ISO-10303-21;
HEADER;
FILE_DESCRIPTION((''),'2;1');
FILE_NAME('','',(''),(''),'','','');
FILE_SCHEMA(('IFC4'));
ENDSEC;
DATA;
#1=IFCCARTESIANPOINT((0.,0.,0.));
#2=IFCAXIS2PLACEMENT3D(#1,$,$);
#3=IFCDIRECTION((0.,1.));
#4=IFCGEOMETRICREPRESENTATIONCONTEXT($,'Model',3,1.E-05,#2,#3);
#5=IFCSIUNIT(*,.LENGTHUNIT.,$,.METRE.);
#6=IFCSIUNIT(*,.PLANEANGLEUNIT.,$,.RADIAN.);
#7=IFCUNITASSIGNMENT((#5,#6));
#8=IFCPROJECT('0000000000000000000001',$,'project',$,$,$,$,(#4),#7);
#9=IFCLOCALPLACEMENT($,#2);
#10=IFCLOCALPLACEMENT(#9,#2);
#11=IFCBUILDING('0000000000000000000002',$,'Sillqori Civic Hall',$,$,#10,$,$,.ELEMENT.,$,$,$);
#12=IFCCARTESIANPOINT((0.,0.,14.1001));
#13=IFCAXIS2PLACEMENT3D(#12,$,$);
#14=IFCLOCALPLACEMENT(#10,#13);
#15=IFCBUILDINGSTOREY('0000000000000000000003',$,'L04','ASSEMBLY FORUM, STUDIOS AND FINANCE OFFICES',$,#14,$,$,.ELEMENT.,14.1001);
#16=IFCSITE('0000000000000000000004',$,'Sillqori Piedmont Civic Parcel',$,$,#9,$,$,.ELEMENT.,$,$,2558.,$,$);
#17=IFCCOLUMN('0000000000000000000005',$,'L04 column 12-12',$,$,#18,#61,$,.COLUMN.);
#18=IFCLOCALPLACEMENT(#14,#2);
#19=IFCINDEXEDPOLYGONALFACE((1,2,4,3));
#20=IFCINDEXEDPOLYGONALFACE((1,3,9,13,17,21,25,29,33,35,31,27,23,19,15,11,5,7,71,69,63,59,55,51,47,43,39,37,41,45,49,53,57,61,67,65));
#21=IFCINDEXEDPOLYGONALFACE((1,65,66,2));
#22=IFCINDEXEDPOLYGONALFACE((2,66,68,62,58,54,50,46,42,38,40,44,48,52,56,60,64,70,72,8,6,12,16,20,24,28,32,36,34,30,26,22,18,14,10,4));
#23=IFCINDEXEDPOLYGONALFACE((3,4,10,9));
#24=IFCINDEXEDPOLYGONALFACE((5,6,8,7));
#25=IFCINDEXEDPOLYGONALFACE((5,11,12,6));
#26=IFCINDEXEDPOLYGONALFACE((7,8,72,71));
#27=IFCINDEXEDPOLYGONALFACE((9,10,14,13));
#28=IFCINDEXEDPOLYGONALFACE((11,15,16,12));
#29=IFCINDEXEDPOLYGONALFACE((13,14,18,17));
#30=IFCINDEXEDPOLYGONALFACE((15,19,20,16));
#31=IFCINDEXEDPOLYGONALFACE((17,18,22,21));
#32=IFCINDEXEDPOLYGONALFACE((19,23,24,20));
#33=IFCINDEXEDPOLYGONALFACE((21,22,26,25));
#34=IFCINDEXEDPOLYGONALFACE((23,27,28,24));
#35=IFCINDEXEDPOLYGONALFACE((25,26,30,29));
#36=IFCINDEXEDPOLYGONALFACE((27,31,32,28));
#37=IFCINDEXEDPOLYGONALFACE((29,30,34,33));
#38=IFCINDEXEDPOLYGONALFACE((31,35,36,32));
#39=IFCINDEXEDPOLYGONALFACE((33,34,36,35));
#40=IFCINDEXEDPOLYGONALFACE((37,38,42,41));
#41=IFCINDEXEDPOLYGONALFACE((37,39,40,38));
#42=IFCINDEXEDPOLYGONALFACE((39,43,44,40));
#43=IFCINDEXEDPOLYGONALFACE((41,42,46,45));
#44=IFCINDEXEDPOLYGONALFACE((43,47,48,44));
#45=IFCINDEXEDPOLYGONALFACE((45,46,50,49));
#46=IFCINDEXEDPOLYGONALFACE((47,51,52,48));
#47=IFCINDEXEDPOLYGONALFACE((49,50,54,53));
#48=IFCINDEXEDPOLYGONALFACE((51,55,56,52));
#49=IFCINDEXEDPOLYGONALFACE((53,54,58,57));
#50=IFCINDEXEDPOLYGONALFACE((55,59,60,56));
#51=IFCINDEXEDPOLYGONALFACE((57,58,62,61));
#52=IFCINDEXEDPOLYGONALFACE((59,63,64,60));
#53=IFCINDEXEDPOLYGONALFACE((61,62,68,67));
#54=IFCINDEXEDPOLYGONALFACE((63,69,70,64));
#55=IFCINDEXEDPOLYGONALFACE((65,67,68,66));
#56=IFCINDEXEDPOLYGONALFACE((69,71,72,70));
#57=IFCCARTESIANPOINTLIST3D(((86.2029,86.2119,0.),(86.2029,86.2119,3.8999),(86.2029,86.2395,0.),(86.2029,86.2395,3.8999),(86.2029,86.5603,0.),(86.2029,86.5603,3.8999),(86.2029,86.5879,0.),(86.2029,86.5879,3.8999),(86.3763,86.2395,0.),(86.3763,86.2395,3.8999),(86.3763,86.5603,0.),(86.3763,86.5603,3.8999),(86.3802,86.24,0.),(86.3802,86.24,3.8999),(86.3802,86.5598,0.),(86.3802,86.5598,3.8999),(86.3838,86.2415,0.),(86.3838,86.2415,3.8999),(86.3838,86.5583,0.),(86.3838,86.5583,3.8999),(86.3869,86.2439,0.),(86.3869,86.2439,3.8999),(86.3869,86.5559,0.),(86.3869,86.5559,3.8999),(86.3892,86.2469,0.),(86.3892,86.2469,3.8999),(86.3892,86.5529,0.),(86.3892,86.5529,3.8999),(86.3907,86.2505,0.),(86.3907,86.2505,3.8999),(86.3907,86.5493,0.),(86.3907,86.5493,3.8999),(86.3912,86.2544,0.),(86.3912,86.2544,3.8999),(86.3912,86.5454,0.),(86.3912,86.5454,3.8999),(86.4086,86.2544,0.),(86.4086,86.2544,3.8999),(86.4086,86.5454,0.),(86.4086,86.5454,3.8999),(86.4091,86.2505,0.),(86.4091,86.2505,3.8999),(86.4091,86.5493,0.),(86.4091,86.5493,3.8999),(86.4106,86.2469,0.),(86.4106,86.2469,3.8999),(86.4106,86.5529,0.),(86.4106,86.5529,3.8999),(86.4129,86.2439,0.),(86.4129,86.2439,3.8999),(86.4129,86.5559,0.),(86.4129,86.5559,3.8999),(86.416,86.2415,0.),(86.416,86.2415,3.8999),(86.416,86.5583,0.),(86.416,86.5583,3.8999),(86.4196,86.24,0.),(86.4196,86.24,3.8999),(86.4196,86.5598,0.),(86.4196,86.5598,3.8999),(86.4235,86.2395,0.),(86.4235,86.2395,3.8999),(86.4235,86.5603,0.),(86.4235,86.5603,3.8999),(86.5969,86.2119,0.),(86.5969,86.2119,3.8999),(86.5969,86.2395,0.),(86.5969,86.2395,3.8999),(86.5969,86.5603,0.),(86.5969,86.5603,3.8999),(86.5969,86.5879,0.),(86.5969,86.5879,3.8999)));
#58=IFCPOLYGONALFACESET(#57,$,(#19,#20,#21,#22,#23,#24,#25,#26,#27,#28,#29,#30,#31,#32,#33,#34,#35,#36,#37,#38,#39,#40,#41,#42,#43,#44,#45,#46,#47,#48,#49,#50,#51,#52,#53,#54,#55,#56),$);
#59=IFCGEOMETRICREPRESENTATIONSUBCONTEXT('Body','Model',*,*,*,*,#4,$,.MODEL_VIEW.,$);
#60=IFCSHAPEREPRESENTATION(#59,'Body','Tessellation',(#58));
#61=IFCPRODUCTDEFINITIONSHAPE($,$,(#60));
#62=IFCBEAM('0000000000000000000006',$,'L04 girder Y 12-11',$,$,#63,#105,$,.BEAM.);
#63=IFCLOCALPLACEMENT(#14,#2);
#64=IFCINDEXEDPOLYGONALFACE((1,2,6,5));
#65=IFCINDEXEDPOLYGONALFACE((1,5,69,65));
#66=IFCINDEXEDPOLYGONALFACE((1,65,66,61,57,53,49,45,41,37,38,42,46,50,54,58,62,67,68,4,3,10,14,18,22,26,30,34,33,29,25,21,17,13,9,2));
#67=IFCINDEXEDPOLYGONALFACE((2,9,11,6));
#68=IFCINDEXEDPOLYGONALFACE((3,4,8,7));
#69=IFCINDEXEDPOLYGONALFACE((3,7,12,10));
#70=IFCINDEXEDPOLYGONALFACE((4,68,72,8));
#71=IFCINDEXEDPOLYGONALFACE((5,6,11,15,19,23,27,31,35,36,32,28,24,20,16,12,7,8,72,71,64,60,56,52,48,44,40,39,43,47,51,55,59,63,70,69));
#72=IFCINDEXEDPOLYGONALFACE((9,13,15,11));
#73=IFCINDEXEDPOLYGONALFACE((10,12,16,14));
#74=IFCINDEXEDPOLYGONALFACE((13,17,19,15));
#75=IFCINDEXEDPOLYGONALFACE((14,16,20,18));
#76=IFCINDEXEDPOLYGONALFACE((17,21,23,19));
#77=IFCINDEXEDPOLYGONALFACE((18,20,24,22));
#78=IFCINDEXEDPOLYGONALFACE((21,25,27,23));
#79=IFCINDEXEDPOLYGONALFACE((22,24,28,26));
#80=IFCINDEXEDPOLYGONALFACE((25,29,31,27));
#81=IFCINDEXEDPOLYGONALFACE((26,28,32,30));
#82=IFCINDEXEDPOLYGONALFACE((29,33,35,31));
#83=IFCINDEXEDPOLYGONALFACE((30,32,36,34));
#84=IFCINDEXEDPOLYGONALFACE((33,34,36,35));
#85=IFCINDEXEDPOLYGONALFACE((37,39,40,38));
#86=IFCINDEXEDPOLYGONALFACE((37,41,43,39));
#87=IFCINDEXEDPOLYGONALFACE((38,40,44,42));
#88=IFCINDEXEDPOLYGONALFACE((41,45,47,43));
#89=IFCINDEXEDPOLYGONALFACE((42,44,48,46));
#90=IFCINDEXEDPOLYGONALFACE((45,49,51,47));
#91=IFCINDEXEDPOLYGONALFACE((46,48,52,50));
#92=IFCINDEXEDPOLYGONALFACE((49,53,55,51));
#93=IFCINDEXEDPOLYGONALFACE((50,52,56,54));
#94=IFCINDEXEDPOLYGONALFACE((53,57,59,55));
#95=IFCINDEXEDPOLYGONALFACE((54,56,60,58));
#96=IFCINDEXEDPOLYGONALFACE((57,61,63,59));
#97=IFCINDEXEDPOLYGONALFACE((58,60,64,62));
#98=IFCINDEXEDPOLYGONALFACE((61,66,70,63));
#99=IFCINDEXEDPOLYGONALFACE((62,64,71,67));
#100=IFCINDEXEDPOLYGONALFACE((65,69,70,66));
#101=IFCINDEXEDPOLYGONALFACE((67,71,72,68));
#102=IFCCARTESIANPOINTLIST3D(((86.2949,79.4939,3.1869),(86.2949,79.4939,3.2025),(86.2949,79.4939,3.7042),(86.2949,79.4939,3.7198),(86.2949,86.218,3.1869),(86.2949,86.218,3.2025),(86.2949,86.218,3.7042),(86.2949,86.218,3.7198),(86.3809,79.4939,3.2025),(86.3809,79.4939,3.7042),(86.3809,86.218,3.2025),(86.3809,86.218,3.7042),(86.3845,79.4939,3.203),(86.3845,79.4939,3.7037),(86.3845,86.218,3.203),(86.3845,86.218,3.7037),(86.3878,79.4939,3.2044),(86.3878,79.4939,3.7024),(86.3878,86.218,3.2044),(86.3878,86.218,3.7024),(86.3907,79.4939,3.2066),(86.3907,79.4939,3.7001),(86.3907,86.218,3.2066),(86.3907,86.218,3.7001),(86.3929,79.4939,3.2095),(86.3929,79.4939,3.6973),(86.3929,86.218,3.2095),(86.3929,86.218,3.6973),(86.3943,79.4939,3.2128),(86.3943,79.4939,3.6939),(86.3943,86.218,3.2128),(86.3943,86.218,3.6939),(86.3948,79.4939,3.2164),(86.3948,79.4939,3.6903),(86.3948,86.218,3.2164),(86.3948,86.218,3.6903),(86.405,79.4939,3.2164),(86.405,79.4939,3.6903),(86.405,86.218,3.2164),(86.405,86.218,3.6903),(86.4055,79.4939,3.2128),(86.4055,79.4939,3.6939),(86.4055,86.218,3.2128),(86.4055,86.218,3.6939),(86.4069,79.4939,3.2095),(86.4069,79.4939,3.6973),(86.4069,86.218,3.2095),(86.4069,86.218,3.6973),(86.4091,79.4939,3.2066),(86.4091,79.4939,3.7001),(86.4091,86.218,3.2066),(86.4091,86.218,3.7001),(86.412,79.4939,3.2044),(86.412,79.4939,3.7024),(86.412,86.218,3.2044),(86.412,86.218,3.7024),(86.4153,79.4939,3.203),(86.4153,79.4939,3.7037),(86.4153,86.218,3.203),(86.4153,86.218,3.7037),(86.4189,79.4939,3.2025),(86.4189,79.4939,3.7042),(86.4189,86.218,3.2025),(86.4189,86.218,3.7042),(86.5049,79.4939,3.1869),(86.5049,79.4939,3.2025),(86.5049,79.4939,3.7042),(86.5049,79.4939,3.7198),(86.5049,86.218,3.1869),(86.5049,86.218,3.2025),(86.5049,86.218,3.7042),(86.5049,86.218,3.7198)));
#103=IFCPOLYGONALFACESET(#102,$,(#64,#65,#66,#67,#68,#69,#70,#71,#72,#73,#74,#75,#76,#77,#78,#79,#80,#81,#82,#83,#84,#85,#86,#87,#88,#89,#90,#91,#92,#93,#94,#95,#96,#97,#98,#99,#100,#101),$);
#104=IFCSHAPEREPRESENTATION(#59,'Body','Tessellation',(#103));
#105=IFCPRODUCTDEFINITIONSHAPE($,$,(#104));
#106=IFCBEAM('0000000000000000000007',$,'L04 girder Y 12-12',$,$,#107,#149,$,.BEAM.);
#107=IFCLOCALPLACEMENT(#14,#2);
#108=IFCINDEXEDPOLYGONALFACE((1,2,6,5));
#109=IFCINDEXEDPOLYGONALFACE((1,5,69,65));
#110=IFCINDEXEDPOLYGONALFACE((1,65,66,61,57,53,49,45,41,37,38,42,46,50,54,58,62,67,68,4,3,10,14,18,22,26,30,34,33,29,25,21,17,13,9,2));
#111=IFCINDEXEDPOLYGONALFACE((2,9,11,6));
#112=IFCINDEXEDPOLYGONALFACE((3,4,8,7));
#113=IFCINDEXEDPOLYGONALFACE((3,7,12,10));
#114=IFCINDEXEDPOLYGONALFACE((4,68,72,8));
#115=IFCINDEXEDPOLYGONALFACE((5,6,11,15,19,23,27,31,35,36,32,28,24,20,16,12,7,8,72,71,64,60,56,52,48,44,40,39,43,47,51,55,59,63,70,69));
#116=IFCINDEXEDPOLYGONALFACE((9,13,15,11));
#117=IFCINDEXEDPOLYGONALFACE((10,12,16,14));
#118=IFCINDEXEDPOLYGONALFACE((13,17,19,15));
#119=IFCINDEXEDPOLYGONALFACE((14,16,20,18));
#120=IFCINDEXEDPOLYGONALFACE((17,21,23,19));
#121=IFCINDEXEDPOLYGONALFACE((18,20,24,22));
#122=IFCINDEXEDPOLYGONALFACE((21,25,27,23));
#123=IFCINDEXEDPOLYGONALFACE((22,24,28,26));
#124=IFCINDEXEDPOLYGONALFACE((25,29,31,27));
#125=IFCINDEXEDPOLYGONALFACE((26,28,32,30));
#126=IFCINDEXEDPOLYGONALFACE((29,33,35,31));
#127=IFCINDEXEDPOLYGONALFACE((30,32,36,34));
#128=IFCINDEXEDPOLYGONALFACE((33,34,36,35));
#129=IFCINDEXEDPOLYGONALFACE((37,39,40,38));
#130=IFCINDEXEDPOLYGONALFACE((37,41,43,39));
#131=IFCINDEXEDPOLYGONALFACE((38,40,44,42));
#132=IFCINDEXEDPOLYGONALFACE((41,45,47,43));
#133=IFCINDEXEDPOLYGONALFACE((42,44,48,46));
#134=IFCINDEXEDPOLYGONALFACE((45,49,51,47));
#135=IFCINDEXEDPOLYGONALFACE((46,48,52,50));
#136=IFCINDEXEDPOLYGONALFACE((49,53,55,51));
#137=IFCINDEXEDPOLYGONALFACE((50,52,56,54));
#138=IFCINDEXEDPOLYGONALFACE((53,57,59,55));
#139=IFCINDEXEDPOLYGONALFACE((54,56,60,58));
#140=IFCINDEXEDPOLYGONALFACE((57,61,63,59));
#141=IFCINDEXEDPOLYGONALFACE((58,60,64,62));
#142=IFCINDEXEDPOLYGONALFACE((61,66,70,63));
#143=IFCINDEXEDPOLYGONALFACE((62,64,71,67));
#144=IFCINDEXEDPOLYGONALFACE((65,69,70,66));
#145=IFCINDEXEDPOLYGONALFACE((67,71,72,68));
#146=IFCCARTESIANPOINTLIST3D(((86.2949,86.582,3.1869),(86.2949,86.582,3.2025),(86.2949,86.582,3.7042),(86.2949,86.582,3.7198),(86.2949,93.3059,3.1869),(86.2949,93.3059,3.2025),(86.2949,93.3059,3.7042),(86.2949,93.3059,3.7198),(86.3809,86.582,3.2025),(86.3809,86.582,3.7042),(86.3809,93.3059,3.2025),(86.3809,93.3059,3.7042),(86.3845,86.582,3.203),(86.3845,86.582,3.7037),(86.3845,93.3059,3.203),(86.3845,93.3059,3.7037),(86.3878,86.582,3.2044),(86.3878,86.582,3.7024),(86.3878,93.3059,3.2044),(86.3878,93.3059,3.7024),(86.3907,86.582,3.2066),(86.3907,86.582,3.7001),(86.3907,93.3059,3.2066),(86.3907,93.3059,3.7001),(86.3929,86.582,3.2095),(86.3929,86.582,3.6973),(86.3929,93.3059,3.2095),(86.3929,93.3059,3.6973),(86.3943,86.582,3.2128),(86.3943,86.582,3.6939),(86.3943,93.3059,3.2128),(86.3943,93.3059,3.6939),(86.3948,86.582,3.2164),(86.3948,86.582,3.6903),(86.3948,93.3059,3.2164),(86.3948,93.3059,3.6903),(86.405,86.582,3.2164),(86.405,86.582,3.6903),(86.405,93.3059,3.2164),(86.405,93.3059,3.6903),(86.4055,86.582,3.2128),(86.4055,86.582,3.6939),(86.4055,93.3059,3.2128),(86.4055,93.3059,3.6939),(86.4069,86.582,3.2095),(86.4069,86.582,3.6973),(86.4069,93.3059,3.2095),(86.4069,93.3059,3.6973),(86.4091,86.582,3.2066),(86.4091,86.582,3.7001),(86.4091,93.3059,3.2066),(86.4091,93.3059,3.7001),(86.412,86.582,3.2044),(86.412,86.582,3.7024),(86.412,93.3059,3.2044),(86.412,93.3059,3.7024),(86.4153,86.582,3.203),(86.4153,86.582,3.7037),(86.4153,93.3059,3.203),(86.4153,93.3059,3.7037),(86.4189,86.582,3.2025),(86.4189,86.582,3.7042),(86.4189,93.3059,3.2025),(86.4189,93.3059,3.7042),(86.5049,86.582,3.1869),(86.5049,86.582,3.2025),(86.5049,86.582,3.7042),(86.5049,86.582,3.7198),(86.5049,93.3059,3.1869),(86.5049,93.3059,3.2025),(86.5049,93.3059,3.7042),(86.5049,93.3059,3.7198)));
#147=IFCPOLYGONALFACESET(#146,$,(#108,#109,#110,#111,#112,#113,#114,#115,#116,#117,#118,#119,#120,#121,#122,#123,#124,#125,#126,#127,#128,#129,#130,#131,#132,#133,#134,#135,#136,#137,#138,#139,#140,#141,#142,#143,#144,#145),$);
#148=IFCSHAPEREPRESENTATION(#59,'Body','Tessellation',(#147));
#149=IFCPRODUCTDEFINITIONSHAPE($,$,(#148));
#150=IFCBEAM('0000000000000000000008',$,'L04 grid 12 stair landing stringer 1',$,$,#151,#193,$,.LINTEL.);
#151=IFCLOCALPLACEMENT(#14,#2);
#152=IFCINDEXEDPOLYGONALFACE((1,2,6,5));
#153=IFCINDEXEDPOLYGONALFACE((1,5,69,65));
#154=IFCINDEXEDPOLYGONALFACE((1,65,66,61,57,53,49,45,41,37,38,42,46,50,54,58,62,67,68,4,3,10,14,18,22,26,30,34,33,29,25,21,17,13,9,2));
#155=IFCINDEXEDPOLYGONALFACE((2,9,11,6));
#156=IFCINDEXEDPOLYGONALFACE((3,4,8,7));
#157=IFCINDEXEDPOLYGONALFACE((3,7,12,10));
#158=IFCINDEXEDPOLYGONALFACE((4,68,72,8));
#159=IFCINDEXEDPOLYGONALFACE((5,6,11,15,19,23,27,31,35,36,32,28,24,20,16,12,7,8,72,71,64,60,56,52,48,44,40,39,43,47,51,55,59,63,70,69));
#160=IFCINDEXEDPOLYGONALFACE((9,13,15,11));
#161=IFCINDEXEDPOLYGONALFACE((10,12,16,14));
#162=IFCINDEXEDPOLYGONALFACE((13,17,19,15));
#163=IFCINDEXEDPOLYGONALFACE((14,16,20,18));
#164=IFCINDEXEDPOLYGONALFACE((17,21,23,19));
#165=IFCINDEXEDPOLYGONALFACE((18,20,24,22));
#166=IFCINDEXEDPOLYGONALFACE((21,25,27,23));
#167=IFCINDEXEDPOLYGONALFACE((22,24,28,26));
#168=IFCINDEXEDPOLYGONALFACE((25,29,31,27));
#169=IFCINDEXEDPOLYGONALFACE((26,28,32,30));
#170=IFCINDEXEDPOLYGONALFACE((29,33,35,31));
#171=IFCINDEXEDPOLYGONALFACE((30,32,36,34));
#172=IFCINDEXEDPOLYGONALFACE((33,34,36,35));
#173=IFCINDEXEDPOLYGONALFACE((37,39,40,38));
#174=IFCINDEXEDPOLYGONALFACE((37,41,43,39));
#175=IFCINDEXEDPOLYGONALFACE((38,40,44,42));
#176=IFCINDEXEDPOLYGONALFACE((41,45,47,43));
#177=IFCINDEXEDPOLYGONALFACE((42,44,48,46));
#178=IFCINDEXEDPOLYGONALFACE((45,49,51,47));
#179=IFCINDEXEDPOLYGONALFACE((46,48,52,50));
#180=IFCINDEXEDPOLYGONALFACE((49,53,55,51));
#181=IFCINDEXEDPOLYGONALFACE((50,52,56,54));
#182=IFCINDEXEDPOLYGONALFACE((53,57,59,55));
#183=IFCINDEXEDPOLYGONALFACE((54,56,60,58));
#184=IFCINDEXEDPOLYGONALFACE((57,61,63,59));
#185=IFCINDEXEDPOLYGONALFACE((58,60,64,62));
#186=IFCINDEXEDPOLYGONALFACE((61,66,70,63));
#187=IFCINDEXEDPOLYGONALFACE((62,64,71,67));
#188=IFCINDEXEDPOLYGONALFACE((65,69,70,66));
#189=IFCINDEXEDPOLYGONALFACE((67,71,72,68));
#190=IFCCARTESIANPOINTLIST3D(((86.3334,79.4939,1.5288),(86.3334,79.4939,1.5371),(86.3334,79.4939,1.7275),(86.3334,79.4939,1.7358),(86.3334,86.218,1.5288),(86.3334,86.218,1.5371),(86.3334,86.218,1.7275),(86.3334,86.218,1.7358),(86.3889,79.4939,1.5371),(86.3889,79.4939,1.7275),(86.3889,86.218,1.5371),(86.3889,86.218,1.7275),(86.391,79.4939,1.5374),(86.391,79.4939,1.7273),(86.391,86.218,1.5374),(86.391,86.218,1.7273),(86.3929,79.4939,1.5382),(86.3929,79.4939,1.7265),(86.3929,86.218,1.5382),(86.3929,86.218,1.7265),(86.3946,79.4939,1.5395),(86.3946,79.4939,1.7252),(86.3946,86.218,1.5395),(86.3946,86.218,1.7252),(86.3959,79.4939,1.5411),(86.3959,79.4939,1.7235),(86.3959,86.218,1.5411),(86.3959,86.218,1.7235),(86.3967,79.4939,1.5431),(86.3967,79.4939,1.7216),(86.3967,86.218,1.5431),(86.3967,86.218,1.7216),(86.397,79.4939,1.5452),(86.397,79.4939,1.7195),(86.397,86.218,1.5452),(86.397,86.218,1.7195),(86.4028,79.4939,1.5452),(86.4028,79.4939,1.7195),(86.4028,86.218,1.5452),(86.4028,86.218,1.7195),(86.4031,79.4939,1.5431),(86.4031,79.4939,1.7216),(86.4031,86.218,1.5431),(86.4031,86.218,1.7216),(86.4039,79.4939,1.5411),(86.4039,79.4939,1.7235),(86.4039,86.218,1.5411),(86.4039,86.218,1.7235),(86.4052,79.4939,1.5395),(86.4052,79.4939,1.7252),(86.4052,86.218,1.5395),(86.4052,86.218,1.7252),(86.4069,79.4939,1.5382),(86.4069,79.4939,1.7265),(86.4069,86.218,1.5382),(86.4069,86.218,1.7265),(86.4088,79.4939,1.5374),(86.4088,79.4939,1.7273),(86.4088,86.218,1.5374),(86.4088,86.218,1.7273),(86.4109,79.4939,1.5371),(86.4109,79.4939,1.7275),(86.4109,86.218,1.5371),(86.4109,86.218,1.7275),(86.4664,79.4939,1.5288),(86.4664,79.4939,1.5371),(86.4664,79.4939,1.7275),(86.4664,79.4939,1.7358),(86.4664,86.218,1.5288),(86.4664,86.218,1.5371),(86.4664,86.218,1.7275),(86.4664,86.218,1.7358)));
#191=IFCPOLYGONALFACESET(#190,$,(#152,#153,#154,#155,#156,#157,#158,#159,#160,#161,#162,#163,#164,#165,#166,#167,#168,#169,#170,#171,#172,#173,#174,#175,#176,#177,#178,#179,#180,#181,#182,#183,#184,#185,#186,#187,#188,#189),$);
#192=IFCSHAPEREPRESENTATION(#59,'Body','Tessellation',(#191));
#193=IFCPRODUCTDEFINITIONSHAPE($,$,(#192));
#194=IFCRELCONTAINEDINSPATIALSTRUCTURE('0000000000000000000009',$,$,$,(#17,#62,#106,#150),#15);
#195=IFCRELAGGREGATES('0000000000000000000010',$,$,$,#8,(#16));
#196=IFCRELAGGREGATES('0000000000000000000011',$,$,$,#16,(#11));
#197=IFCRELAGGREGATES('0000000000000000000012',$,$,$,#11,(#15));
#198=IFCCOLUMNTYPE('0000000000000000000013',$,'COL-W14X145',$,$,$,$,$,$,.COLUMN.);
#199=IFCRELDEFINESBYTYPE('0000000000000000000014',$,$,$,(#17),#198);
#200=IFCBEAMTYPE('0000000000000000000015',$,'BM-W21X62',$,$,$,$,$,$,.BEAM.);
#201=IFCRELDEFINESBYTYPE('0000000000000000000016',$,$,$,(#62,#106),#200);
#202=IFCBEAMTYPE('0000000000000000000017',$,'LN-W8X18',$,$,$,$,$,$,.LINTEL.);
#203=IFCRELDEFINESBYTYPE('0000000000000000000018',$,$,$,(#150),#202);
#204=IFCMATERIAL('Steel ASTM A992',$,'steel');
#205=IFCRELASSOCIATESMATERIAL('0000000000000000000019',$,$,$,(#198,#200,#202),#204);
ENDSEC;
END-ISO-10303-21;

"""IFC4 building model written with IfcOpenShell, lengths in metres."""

from ifc_helpers import new_model, si_unit, direction, frame, origin, origin_2d, place, context, subcontext, project, spatial, i_section, extrude, material, material_profile, profile_set, type_object, element, save


model = new_model("IFC4")

# Units and contexts
model_context = context("Model", 3, precision=1e-05, world=origin(), true_north=direction((0.0, 1.0)))
body_context = subcontext(model_context, "Body", "Model", "MODEL_VIEW")
ifc_project = project(units=[si_unit("LENGTHUNIT", "METRE"), si_unit("PLANEANGLEUNIT", "RADIAN")], contexts=[model_context])

# Site, building, storey
site_placement = place(None, origin())
site = spatial("IfcSite", under=ifc_project, at=site_placement, Name="Sillqori Piedmont Civic Parcel", CompositionType="ELEMENT", RefElevation=2558.0)
building_placement = place(site_placement, origin())
building = spatial("IfcBuilding", under=site, at=building_placement, Name="Sillqori Civic Hall", CompositionType="ELEMENT")
storey_placement = place(building_placement, frame((0.0, 0.0, 14.1001)))
storey = spatial("IfcBuildingStorey", under=building, at=storey_placement, Name="L04", Description="ASSEMBLY FORUM, STUDIOS AND FINANCE OFFICES", CompositionType="ELEMENT", Elevation=14.1001)

# Column
ifc_material_1 = material(Name="Steel ASTM A992", Category="steel")
ifc_material_profile_1 = material_profile(ifc_material_1, i_section(OverallWidth=0.394, OverallDepth=0.376, WebThickness=0.0173, FlangeThickness=0.0276, FilletRadius=0.0149, at=origin_2d()), Name="W14X145")
ifc_profile_set_1 = profile_set([ifc_material_profile_1], Name="Steel ASTM A992")
column_type = type_object("IfcColumnType", Name="COL-W14X145", PredefinedType="COLUMN", material=ifc_profile_set_1)
column_placement = place(storey_placement, frame((86.3999, 86.3999, 0.0), z_axis=(0.0, 0.0, 1.0), x_axis=(1.0, 0.0, 0.0)))
element("IfcColumn", 1, at=column_placement, inside=storey, type_object=column_type, Name="L04 column 12-12", PredefinedType="COLUMN", context=body_context, shape_type="SweptSolid", body=[
    extrude(i_section(OverallWidth=0.394, OverallDepth=0.376, WebThickness=0.0173, FlangeThickness=0.0276, FilletRadius=0.0149, at=origin_2d()), origin(), (0.0, 0.0, 1.0), 3.8999),
])

# Beams
ifc_material_profile_2 = material_profile(ifc_material_1, i_section(OverallWidth=0.21, OverallDepth=0.533, WebThickness=0.0103, FlangeThickness=0.0156, FilletRadius=0.0139, at=origin_2d()), Name="W21X62")
ifc_profile_set_2 = profile_set([ifc_material_profile_2], Name="Steel ASTM A992")
beam_type_1 = type_object("IfcBeamType", Name="BM-W21X62", PredefinedType="BEAM", material=ifc_profile_set_2)
beam_1_placement = place(storey_placement, frame((86.3999, 79.4939, 3.4534), z_axis=(0.0, 1.0, 0.0), x_axis=(-1.0, 0.0, 0.0)))
element("IfcBeam", 2, at=beam_1_placement, inside=storey, type_object=beam_type_1, Name="L04 girder Y 12-11", PredefinedType="BEAM", context=body_context, shape_type="SweptSolid", body=[
    extrude(i_section(OverallWidth=0.21, OverallDepth=0.533, WebThickness=0.0103, FlangeThickness=0.0156, FilletRadius=0.0139, at=origin_2d()), origin(), (0.0, 0.0, 1.0), 6.7241),
])
beam_2_placement = place(storey_placement, frame((86.3999, 86.582, 3.4534), z_axis=(0.0, 1.0, 0.0), x_axis=(-1.0, 0.0, 0.0)))
element("IfcBeam", 3, at=beam_2_placement, inside=storey, type_object=beam_type_1, Name="L04 girder Y 12-12", PredefinedType="BEAM", context=body_context, shape_type="SweptSolid", body=[
    extrude(i_section(OverallWidth=0.21, OverallDepth=0.533, WebThickness=0.0103, FlangeThickness=0.0156, FilletRadius=0.0139, at=origin_2d()), origin(), (0.0, 0.0, 1.0), 6.7239),
])
ifc_material_profile_3 = material_profile(ifc_material_1, i_section(OverallWidth=0.1331, OverallDepth=0.207, WebThickness=0.0059, FlangeThickness=0.0083, FilletRadius=0.0081, at=origin_2d()), Name="W8X18")
ifc_profile_set_3 = profile_set([ifc_material_profile_3], Name="Steel ASTM A992")
beam_type_2 = type_object("IfcBeamType", Name="LN-W8X18", PredefinedType="LINTEL", material=ifc_profile_set_3)
beam_3_placement = place(storey_placement, frame((86.3999, 79.4939, 1.6323), z_axis=(0.0, 1.0, 0.0), x_axis=(-1.0, 0.0, 0.0)))
element("IfcBeam", 4, at=beam_3_placement, inside=storey, type_object=beam_type_2, Name="L04 grid 12 stair landing stringer 1", PredefinedType="LINTEL", context=body_context, shape_type="SweptSolid", body=[
    extrude(i_section(OverallWidth=0.1331, OverallDepth=0.207, WebThickness=0.0059, FlangeThickness=0.0083, FilletRadius=0.0081, at=origin_2d()), origin(), (0.0, 0.0, 1.0), 6.7241),
])

save(model, "model.ifc")
